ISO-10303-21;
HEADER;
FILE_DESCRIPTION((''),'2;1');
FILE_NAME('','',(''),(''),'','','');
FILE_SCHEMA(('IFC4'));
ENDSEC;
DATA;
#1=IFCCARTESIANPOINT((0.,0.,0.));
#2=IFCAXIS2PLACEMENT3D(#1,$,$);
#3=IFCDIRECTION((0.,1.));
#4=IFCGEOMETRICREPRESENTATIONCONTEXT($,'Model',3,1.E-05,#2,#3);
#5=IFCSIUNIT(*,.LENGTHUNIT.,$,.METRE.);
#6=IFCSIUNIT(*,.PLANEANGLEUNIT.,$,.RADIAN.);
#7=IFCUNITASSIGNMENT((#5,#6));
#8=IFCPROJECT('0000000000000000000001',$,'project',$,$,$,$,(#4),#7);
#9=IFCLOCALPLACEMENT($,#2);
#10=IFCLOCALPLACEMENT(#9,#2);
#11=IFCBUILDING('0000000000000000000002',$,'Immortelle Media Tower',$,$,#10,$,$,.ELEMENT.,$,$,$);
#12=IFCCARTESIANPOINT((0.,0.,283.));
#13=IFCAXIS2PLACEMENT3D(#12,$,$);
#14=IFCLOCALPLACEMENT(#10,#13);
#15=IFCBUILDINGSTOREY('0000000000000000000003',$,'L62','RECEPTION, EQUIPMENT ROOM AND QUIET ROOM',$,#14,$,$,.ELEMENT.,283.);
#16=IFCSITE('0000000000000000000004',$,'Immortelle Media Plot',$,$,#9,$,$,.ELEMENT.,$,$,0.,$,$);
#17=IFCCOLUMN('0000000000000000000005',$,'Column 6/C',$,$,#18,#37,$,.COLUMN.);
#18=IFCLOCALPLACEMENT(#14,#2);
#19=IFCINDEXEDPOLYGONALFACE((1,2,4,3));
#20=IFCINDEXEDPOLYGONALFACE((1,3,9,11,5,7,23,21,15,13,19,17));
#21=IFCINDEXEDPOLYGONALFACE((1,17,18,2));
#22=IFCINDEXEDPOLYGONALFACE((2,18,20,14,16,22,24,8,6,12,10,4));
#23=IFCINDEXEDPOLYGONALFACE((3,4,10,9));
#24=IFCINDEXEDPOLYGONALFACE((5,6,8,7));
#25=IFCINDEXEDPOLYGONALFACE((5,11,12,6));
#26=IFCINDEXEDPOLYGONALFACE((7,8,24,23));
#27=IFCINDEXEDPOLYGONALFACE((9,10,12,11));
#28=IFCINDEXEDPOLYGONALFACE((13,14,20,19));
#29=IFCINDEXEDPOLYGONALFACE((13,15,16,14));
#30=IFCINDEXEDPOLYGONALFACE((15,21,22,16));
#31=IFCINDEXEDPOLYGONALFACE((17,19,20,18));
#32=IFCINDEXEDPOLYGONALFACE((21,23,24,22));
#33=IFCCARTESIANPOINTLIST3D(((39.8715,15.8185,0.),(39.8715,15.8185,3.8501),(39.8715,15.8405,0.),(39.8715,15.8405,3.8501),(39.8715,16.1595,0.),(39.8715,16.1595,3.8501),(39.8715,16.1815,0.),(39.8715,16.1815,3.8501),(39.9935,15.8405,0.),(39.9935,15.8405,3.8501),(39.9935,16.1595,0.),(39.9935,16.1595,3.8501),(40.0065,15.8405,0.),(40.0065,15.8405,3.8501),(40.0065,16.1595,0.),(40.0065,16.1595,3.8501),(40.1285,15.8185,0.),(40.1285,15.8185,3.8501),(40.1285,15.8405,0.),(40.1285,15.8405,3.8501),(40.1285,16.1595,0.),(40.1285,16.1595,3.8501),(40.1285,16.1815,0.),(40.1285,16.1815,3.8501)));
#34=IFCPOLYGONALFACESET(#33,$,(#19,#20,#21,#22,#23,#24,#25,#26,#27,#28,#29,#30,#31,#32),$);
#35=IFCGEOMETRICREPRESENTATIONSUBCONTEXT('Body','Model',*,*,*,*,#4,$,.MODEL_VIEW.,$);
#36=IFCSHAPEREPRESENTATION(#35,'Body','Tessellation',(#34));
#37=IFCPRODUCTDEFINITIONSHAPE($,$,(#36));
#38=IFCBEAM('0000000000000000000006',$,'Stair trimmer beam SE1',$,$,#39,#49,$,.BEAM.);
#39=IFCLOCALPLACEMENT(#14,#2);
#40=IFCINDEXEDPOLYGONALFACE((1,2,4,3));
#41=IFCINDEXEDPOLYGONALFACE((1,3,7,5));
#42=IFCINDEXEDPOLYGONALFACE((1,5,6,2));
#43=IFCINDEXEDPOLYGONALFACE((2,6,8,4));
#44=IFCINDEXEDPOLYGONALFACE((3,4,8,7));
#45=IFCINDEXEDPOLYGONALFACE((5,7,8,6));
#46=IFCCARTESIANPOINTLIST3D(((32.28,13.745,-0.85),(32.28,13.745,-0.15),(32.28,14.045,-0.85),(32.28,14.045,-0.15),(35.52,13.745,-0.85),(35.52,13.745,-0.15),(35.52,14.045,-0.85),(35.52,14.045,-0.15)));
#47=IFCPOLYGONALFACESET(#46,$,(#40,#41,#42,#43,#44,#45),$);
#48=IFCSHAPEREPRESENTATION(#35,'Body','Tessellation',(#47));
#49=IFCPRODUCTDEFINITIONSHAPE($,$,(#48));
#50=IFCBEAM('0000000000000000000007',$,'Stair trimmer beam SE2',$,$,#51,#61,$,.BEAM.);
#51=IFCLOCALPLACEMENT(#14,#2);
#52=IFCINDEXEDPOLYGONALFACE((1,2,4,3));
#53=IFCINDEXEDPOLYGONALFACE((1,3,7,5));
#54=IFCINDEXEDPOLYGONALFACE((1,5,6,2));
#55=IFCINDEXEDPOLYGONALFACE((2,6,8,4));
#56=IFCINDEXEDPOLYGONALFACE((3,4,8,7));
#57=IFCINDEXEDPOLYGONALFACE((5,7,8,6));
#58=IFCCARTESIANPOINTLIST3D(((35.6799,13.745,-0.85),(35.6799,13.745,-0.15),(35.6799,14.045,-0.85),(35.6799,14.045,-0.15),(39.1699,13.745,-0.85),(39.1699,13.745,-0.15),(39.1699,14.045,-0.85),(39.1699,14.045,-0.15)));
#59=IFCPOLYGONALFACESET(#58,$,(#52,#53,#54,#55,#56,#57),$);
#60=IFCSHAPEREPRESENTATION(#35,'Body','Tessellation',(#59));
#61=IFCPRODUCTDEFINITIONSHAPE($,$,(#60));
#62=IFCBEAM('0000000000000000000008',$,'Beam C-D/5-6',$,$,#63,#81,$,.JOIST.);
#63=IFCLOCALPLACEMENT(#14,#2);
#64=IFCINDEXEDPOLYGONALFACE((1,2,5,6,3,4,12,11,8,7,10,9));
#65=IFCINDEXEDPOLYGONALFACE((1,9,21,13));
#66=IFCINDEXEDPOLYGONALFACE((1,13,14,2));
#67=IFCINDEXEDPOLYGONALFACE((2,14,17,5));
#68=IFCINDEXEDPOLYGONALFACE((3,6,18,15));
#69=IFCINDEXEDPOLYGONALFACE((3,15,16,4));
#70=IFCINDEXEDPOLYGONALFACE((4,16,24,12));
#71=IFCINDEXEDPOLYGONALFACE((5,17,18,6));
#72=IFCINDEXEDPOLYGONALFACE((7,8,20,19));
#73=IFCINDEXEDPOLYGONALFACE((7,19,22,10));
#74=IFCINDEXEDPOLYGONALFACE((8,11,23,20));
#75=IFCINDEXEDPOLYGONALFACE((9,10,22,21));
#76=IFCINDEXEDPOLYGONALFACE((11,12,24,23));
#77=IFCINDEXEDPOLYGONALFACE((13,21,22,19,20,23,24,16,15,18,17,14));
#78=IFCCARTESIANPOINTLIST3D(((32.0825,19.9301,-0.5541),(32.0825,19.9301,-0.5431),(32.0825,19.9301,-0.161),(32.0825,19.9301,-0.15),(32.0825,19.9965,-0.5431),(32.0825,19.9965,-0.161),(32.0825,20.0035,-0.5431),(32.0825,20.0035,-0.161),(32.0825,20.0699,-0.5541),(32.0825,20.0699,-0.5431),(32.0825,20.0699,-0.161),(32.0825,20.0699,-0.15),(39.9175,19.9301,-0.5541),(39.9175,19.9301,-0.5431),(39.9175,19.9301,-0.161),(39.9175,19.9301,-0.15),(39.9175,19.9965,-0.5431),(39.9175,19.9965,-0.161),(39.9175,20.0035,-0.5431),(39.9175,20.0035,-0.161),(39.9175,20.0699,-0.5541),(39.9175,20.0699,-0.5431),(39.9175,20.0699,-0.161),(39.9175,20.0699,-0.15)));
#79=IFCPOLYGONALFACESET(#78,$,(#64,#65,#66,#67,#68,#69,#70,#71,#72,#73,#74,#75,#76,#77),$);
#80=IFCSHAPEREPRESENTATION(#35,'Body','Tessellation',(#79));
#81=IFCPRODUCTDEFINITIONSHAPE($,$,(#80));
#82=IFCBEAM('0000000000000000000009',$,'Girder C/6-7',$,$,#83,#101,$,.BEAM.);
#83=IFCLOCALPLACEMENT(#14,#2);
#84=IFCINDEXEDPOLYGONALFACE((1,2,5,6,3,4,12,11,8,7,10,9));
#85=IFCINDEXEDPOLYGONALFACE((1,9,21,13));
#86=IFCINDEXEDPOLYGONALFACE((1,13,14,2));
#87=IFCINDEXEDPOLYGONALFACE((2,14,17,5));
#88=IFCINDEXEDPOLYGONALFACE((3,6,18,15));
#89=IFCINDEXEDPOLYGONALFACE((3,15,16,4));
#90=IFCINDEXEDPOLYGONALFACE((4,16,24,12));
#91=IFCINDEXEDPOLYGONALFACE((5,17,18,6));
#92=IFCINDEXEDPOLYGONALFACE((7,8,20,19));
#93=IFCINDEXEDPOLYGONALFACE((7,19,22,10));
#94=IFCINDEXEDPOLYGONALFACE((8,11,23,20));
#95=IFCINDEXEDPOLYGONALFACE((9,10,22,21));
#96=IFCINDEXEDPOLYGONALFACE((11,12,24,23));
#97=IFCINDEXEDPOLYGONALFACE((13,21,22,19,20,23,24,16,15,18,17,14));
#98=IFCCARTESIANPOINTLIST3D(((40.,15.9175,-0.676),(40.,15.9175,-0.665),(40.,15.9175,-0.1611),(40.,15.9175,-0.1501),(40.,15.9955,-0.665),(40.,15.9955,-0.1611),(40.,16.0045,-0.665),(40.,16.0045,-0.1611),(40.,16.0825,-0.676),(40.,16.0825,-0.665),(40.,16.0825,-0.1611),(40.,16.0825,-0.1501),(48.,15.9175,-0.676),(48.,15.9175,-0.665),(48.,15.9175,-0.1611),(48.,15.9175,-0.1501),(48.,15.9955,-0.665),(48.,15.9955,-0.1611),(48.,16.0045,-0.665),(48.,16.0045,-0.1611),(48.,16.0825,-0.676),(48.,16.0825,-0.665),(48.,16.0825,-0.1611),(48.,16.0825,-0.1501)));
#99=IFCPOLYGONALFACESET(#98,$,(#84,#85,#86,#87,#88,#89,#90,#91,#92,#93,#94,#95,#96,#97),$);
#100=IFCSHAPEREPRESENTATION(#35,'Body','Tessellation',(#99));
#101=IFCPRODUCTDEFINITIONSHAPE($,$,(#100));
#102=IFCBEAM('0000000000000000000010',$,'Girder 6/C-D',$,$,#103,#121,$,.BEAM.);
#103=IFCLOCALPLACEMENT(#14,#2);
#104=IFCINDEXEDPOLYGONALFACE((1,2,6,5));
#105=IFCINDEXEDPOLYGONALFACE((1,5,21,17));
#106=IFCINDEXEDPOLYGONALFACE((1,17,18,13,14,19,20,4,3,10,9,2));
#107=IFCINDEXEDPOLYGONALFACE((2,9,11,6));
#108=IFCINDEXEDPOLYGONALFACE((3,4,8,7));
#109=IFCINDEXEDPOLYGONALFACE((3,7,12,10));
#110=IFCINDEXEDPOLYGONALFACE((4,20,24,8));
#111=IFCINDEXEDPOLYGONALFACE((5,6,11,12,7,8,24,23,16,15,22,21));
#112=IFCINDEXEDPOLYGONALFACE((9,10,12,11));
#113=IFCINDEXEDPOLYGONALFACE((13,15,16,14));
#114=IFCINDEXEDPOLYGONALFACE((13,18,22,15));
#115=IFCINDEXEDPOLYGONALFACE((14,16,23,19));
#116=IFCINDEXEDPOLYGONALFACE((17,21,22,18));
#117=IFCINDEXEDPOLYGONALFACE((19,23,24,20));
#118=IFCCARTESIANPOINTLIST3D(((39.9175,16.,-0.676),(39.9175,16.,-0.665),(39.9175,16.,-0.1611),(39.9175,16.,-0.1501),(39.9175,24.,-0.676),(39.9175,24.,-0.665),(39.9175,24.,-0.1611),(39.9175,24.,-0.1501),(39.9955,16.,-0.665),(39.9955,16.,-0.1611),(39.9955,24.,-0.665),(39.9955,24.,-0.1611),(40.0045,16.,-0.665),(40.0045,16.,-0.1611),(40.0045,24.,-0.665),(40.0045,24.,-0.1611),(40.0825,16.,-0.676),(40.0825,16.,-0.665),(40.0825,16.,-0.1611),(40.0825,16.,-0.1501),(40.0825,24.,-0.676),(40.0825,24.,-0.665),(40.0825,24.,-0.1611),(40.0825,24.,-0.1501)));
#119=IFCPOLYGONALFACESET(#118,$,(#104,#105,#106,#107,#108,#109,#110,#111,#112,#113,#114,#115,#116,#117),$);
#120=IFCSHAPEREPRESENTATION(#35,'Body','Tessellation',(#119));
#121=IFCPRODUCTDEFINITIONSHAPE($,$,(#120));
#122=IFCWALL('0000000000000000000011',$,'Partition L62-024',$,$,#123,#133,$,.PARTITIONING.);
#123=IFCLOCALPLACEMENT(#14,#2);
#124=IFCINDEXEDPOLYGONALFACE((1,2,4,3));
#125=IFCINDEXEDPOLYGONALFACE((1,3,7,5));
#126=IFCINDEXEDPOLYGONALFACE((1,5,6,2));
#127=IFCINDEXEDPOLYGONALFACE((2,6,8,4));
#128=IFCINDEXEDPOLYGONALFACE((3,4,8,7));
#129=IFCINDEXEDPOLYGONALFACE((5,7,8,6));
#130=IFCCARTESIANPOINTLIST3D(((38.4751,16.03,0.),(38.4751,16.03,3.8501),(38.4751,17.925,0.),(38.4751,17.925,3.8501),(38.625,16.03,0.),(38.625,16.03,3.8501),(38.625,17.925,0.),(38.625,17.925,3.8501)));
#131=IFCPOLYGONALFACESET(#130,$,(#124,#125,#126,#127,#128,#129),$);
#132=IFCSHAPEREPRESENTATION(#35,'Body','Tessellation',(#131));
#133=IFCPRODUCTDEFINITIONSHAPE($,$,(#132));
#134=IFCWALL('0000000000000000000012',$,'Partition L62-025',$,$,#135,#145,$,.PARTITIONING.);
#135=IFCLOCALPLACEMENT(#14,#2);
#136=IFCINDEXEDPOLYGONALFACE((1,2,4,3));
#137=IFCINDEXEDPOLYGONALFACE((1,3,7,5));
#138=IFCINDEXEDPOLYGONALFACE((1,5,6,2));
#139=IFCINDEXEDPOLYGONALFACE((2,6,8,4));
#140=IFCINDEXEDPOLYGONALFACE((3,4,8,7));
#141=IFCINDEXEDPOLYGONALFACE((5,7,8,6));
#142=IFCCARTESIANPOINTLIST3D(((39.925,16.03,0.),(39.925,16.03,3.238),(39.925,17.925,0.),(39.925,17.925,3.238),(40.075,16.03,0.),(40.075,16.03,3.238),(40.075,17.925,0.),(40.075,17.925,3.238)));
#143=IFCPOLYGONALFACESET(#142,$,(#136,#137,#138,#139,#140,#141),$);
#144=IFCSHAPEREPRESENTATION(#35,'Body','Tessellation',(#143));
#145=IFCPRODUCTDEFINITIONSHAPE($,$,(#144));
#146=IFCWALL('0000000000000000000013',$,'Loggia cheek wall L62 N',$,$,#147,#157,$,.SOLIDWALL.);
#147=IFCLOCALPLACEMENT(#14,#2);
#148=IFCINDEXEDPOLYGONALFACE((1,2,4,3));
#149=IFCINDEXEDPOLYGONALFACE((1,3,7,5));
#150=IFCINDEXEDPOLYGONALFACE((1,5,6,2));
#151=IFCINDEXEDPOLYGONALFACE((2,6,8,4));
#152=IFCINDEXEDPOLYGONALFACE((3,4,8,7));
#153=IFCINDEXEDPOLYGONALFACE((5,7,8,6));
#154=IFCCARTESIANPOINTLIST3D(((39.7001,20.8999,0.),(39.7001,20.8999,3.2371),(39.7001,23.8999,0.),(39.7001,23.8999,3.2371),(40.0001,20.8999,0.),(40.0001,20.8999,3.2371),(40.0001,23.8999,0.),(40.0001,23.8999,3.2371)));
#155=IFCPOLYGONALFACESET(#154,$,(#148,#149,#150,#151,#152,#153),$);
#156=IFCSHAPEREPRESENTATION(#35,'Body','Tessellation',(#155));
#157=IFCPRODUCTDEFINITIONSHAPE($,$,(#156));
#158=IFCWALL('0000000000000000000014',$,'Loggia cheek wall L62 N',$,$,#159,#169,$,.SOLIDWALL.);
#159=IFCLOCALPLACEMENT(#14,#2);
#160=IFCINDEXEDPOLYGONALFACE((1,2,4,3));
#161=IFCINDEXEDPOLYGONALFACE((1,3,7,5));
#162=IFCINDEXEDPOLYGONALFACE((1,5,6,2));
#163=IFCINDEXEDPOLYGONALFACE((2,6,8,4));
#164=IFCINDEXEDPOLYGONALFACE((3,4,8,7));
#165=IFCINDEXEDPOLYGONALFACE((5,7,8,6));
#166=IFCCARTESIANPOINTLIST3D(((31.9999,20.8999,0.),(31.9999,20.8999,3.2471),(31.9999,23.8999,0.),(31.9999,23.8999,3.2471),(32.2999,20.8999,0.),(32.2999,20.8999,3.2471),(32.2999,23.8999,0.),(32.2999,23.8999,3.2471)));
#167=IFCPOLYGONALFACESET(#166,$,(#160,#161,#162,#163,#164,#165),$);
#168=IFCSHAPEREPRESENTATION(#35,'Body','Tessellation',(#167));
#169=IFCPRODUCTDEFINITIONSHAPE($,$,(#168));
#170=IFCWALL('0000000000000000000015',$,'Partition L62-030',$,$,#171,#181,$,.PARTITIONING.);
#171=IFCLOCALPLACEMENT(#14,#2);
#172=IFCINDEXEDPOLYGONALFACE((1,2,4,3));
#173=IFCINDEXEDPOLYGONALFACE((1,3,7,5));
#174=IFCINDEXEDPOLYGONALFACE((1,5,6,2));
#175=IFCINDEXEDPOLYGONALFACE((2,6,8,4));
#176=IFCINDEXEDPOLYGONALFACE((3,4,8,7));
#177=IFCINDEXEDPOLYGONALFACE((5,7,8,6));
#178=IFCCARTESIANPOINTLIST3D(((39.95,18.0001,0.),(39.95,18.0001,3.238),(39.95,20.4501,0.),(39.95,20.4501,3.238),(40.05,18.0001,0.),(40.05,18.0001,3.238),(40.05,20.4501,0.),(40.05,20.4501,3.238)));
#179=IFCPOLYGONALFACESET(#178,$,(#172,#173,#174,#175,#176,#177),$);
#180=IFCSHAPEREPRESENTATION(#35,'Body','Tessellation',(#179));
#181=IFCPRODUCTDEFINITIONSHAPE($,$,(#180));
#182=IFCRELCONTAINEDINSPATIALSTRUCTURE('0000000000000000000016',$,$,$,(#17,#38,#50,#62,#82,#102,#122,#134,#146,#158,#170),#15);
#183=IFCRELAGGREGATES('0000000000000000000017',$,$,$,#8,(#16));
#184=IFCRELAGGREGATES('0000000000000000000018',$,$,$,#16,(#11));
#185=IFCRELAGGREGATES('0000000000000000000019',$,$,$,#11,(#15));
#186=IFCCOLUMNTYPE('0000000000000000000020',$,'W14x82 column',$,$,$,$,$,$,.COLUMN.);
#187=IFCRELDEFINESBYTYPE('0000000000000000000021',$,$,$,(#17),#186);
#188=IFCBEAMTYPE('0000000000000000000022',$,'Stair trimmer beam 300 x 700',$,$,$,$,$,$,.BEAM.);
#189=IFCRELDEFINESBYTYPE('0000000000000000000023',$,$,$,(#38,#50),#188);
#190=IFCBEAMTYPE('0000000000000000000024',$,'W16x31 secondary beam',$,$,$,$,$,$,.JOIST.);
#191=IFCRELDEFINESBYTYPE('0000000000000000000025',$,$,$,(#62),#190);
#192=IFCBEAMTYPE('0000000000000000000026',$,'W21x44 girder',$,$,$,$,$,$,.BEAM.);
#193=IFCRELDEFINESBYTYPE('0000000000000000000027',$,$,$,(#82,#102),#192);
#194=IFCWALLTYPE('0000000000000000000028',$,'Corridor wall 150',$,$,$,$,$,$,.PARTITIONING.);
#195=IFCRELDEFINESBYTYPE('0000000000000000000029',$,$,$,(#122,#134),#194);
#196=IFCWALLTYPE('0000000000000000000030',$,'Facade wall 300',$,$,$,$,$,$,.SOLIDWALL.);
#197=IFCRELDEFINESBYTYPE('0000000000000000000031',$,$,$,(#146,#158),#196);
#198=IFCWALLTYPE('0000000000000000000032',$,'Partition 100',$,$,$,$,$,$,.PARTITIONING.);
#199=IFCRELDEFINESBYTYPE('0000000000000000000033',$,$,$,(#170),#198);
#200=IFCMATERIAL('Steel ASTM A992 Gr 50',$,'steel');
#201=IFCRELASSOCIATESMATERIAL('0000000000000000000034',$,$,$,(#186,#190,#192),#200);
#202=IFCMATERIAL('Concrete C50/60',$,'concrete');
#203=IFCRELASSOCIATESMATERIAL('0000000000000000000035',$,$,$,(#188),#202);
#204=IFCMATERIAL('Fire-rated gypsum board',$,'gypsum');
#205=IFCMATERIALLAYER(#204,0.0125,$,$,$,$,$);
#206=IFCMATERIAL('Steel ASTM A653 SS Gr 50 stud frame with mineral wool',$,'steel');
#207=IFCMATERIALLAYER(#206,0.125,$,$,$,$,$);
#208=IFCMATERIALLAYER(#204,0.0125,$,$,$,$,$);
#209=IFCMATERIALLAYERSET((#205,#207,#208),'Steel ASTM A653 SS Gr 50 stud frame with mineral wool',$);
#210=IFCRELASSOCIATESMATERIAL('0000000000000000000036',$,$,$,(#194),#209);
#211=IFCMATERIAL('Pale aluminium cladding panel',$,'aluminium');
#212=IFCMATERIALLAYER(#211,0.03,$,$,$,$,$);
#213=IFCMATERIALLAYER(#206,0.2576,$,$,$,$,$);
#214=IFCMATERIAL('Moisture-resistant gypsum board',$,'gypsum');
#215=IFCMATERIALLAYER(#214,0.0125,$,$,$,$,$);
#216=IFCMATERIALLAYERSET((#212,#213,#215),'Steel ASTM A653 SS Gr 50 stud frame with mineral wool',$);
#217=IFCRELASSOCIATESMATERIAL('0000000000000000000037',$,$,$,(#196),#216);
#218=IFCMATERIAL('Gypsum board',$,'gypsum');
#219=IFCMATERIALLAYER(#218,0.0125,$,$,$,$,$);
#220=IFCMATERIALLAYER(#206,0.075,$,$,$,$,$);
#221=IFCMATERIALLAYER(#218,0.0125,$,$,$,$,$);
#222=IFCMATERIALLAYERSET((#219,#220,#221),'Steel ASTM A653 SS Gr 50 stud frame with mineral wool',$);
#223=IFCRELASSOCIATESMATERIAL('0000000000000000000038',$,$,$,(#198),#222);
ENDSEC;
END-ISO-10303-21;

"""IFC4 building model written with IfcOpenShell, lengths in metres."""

from ifc_helpers import new_model, si_unit, direction, frame, frame_2d, origin, origin_2d, place, context, subcontext, project, spatial, rectangle, i_section, extrude, material, layer, layer_set, material_profile, profile_set, type_object, element, save


model = new_model("IFC4")

# Units and contexts
model_context = context("Model", 3, precision=1e-05, world=origin(), true_north=direction((0.0, 1.0)))
body_context = subcontext(model_context, "Body", "Model", "MODEL_VIEW")
ifc_project = project(units=[si_unit("LENGTHUNIT", "METRE"), si_unit("PLANEANGLEUNIT", "RADIAN")], contexts=[model_context])

# Site, building, storey
site_placement = place(None, origin())
site = spatial("IfcSite", under=ifc_project, at=site_placement, Name="Immortelle Media Plot", CompositionType="ELEMENT", RefElevation=0.0)
building_placement = place(site_placement, origin())
building = spatial("IfcBuilding", under=site, at=building_placement, Name="Immortelle Media Tower", CompositionType="ELEMENT")
storey_placement = place(building_placement, frame((0.0, 0.0, 283.0)))
storey = spatial("IfcBuildingStorey", under=building, at=storey_placement, Name="L62", Description="RECEPTION, EQUIPMENT ROOM AND QUIET ROOM", CompositionType="ELEMENT", Elevation=283.0)

# Column
ifc_material_1 = material(Name="Steel ASTM A992 Gr 50", Category="steel")
ifc_material_profile_1 = material_profile(ifc_material_1, i_section(OverallWidth=0.2571, OverallDepth=0.363, WebThickness=0.0129, FlangeThickness=0.022, at=origin_2d()), Name="W14x82")
ifc_profile_set_1 = profile_set([ifc_material_profile_1], Name="Steel ASTM A992 Gr 50")
column_type = type_object("IfcColumnType", Name="W14x82 column", PredefinedType="COLUMN", material=ifc_profile_set_1)
column_placement = place(storey_placement, frame((40.0, 16.0, 0.0), z_axis=(0.0, 0.0, 1.0), x_axis=(1.0, 0.0, 0.0)))
element("IfcColumn", 1, at=column_placement, inside=storey, type_object=column_type, Name="Column 6/C", PredefinedType="COLUMN", context=body_context, shape_type="SweptSolid", body=[
    extrude(i_section(OverallWidth=0.2571, OverallDepth=0.363, WebThickness=0.0129, FlangeThickness=0.022, at=origin_2d()), origin(), (0.0, 0.0, 1.0), 3.8501),
])

# Beams
ifc_material_2 = material(Name="Concrete C50/60", Category="concrete")
ifc_material_profile_2 = material_profile(ifc_material_2, rectangle(XDim=0.3, YDim=0.7, at=origin_2d()), Name="RC 300x700")
ifc_profile_set_2 = profile_set([ifc_material_profile_2], Name="Concrete C50/60")
beam_type_1 = type_object("IfcBeamType", Name="Stair trimmer beam 300 x 700", PredefinedType="BEAM", material=ifc_profile_set_2)
beam_1_placement = place(storey_placement, frame((32.28, 13.895, -0.5), z_axis=(1.0, 0.0, 0.0), x_axis=(0.0, 1.0, 0.0)))
element("IfcBeam", 2, at=beam_1_placement, inside=storey, type_object=beam_type_1, Name="Stair trimmer beam SE1", PredefinedType="BEAM", context=body_context, shape_type="SweptSolid", body=[
    extrude(rectangle(XDim=0.3, YDim=0.7, at=origin_2d()), origin(), (0.0, 0.0, 1.0), 3.24),
])
beam_2_placement = place(storey_placement, frame((35.6799, 13.895, -0.5), z_axis=(1.0, 0.0, 0.0), x_axis=(0.0, 1.0, 0.0)))
element("IfcBeam", 3, at=beam_2_placement, inside=storey, type_object=beam_type_1, Name="Stair trimmer beam SE2", PredefinedType="BEAM", context=body_context, shape_type="SweptSolid", body=[
    extrude(rectangle(XDim=0.3, YDim=0.7, at=origin_2d()), origin(), (0.0, 0.0, 1.0), 3.49),
])
ifc_material_profile_3 = material_profile(ifc_material_1, i_section(OverallWidth=0.1399, OverallDepth=0.4041, WebThickness=0.0071, FlangeThickness=0.011, at=origin_2d()), Name="W16x31")
ifc_profile_set_3 = profile_set([ifc_material_profile_3], Name="Steel ASTM A992 Gr 50")
beam_type_2 = type_object("IfcBeamType", Name="W16x31 secondary beam", PredefinedType="JOIST", material=ifc_profile_set_3)
beam_3_placement = place(storey_placement, frame((32.0825, 20.0, -0.3521), z_axis=(1.0, 0.0, 0.0), x_axis=(0.0, 1.0, 0.0)))
element("IfcBeam", 4, at=beam_3_placement, inside=storey, type_object=beam_type_2, Name="Beam C-D/5-6", PredefinedType="JOIST", context=body_context, shape_type="SweptSolid", body=[
    extrude(i_section(OverallWidth=0.1399, OverallDepth=0.4041, WebThickness=0.0071, FlangeThickness=0.011, at=origin_2d()), origin(), (0.0, 0.0, 1.0), 7.835),
])
ifc_material_profile_4 = material_profile(ifc_material_1, i_section(OverallWidth=0.165, OverallDepth=0.5259, WebThickness=0.009, FlangeThickness=0.011, at=origin_2d()), Name="W21x44")
ifc_profile_set_4 = profile_set([ifc_material_profile_4], Name="Steel ASTM A992 Gr 50")
beam_type_3 = type_object("IfcBeamType", Name="W21x44 girder", PredefinedType="BEAM", material=ifc_profile_set_4)
for number, where, z_axis, x_axis, name in (
    (5, (40.0, 16.0, -0.4131), (1.0, 0.0, 0.0), (0.0, 1.0, 0.0), "Girder C/6-7"),
    (6, (40.0, 16.0, -0.4131), (0.0, 1.0, 0.0), (-1.0, 0.0, 0.0), "Girder 6/C-D"),
):
    element("IfcBeam", number, at=place(storey_placement, frame(where, z_axis=z_axis, x_axis=x_axis)), inside=storey, type_object=beam_type_3, Name=name, PredefinedType="BEAM", context=body_context, shape_type="SweptSolid", body=[
        extrude(i_section(OverallWidth=0.165, OverallDepth=0.5259, WebThickness=0.009, FlangeThickness=0.011, at=origin_2d()), origin(), (0.0, 0.0, 1.0), 8.0),
    ])

# Walls
ifc_material_3 = material(Name="Fire-rated gypsum board", Category="gypsum")
ifc_layer_1 = layer(ifc_material_3, 0.0125)
ifc_material_4 = material(Name="Steel ASTM A653 SS Gr 50 stud frame with mineral wool", Category="steel")
ifc_layer_2 = layer(ifc_material_4, 0.125)
ifc_layer_3 = layer(ifc_material_3, 0.0125)
ifc_layer_set_1 = layer_set([ifc_layer_1, ifc_layer_2, ifc_layer_3], Name="Steel ASTM A653 SS Gr 50 stud frame with mineral wool")
wall_type_1 = type_object("IfcWallType", Name="Corridor wall 150", PredefinedType="PARTITIONING", material=ifc_layer_set_1)
wall_1_placement = place(storey_placement, frame((38.55, 16.03, 0.0), z_axis=(0.0, 0.0, 1.0), x_axis=(0.0, 1.0, 0.0)))
element("IfcWall", 7, at=wall_1_placement, inside=storey, type_object=wall_type_1, Name="Partition L62-024", PredefinedType="PARTITIONING", context=body_context, shape_type="SweptSolid", body=[
    extrude(rectangle(XDim=1.895, YDim=0.1499, at=frame_2d((0.9475, 0.0))), origin(), (0.0, 0.0, 1.0), 3.8501),
])
wall_2_placement = place(storey_placement, frame((40.0, 16.03, 0.0), z_axis=(0.0, 0.0, 1.0), x_axis=(0.0, 1.0, 0.0)))
element("IfcWall", 8, at=wall_2_placement, inside=storey, type_object=wall_type_1, Name="Partition L62-025", PredefinedType="PARTITIONING", context=body_context, shape_type="SweptSolid", body=[
    extrude(rectangle(XDim=1.895, YDim=0.1499, at=frame_2d((0.9475, 0.0))), origin(), (0.0, 0.0, 1.0), 3.238),
])

# Shared definitions
ifc_material_5 = material(Name="Pale aluminium cladding panel", Category="aluminium")
ifc_layer_4 = layer(ifc_material_5, 0.03)
ifc_layer_5 = layer(ifc_material_4, 0.2576)
ifc_material_6 = material(Name="Moisture-resistant gypsum board", Category="gypsum")
ifc_layer_6 = layer(ifc_material_6, 0.0125)
ifc_layer_set_2 = layer_set([ifc_layer_4, ifc_layer_5, ifc_layer_6], Name="Steel ASTM A653 SS Gr 50 stud frame with mineral wool")
wall_type_2 = type_object("IfcWallType", Name="Facade wall 300", PredefinedType="SOLIDWALL", material=ifc_layer_set_2)

# Walls
wall_3_placement = place(storey_placement, frame((39.8501, 23.8999, 0.0), z_axis=(0.0, 0.0, 1.0), x_axis=(0.0, -1.0, 0.0)))
element("IfcWall", 9, at=wall_3_placement, inside=storey, type_object=wall_type_2, Name="Loggia cheek wall L62 N", PredefinedType="SOLIDWALL", context=body_context, shape_type="SweptSolid", body=[
    extrude(rectangle(XDim=3.0, YDim=0.3, at=frame_2d((1.5, 0.0))), origin(), (0.0, 0.0, 1.0), 3.2371),
])
wall_4_placement = place(storey_placement, frame((32.1499, 23.8999, 0.0), z_axis=(0.0, 0.0, 1.0), x_axis=(0.0, -1.0, 0.0)))
element("IfcWall", 10, at=wall_4_placement, inside=storey, type_object=wall_type_2, Name="Loggia cheek wall L62 N", PredefinedType="SOLIDWALL", context=body_context, shape_type="SweptSolid", body=[
    extrude(rectangle(XDim=3.0, YDim=0.3, at=frame_2d((1.5, 0.0))), origin(), (0.0, 0.0, 1.0), 3.2471),
])
ifc_material_7 = material(Name="Gypsum board", Category="gypsum")
ifc_layer_7 = layer(ifc_material_7, 0.0125)
ifc_layer_8 = layer(ifc_material_4, 0.075)
ifc_layer_9 = layer(ifc_material_7, 0.0125)
ifc_layer_set_3 = layer_set([ifc_layer_7, ifc_layer_8, ifc_layer_9], Name="Steel ASTM A653 SS Gr 50 stud frame with mineral wool")
wall_type_3 = type_object("IfcWallType", Name="Partition 100", PredefinedType="PARTITIONING", material=ifc_layer_set_3)
wall_5_placement = place(storey_placement, frame((40.0, 18.0, 0.0), z_axis=(0.0, 0.0, 1.0), x_axis=(0.0, 1.0, 0.0)))
element("IfcWall", 11, at=wall_5_placement, inside=storey, type_object=wall_type_3, Name="Partition L62-030", PredefinedType="PARTITIONING", context=body_context, shape_type="SweptSolid", body=[
    extrude(rectangle(XDim=2.45, YDim=0.1001, at=frame_2d((1.2251, 0.0))), origin(), (0.0, 0.0, 1.0), 3.238),
])

save(model, "model.ifc")
